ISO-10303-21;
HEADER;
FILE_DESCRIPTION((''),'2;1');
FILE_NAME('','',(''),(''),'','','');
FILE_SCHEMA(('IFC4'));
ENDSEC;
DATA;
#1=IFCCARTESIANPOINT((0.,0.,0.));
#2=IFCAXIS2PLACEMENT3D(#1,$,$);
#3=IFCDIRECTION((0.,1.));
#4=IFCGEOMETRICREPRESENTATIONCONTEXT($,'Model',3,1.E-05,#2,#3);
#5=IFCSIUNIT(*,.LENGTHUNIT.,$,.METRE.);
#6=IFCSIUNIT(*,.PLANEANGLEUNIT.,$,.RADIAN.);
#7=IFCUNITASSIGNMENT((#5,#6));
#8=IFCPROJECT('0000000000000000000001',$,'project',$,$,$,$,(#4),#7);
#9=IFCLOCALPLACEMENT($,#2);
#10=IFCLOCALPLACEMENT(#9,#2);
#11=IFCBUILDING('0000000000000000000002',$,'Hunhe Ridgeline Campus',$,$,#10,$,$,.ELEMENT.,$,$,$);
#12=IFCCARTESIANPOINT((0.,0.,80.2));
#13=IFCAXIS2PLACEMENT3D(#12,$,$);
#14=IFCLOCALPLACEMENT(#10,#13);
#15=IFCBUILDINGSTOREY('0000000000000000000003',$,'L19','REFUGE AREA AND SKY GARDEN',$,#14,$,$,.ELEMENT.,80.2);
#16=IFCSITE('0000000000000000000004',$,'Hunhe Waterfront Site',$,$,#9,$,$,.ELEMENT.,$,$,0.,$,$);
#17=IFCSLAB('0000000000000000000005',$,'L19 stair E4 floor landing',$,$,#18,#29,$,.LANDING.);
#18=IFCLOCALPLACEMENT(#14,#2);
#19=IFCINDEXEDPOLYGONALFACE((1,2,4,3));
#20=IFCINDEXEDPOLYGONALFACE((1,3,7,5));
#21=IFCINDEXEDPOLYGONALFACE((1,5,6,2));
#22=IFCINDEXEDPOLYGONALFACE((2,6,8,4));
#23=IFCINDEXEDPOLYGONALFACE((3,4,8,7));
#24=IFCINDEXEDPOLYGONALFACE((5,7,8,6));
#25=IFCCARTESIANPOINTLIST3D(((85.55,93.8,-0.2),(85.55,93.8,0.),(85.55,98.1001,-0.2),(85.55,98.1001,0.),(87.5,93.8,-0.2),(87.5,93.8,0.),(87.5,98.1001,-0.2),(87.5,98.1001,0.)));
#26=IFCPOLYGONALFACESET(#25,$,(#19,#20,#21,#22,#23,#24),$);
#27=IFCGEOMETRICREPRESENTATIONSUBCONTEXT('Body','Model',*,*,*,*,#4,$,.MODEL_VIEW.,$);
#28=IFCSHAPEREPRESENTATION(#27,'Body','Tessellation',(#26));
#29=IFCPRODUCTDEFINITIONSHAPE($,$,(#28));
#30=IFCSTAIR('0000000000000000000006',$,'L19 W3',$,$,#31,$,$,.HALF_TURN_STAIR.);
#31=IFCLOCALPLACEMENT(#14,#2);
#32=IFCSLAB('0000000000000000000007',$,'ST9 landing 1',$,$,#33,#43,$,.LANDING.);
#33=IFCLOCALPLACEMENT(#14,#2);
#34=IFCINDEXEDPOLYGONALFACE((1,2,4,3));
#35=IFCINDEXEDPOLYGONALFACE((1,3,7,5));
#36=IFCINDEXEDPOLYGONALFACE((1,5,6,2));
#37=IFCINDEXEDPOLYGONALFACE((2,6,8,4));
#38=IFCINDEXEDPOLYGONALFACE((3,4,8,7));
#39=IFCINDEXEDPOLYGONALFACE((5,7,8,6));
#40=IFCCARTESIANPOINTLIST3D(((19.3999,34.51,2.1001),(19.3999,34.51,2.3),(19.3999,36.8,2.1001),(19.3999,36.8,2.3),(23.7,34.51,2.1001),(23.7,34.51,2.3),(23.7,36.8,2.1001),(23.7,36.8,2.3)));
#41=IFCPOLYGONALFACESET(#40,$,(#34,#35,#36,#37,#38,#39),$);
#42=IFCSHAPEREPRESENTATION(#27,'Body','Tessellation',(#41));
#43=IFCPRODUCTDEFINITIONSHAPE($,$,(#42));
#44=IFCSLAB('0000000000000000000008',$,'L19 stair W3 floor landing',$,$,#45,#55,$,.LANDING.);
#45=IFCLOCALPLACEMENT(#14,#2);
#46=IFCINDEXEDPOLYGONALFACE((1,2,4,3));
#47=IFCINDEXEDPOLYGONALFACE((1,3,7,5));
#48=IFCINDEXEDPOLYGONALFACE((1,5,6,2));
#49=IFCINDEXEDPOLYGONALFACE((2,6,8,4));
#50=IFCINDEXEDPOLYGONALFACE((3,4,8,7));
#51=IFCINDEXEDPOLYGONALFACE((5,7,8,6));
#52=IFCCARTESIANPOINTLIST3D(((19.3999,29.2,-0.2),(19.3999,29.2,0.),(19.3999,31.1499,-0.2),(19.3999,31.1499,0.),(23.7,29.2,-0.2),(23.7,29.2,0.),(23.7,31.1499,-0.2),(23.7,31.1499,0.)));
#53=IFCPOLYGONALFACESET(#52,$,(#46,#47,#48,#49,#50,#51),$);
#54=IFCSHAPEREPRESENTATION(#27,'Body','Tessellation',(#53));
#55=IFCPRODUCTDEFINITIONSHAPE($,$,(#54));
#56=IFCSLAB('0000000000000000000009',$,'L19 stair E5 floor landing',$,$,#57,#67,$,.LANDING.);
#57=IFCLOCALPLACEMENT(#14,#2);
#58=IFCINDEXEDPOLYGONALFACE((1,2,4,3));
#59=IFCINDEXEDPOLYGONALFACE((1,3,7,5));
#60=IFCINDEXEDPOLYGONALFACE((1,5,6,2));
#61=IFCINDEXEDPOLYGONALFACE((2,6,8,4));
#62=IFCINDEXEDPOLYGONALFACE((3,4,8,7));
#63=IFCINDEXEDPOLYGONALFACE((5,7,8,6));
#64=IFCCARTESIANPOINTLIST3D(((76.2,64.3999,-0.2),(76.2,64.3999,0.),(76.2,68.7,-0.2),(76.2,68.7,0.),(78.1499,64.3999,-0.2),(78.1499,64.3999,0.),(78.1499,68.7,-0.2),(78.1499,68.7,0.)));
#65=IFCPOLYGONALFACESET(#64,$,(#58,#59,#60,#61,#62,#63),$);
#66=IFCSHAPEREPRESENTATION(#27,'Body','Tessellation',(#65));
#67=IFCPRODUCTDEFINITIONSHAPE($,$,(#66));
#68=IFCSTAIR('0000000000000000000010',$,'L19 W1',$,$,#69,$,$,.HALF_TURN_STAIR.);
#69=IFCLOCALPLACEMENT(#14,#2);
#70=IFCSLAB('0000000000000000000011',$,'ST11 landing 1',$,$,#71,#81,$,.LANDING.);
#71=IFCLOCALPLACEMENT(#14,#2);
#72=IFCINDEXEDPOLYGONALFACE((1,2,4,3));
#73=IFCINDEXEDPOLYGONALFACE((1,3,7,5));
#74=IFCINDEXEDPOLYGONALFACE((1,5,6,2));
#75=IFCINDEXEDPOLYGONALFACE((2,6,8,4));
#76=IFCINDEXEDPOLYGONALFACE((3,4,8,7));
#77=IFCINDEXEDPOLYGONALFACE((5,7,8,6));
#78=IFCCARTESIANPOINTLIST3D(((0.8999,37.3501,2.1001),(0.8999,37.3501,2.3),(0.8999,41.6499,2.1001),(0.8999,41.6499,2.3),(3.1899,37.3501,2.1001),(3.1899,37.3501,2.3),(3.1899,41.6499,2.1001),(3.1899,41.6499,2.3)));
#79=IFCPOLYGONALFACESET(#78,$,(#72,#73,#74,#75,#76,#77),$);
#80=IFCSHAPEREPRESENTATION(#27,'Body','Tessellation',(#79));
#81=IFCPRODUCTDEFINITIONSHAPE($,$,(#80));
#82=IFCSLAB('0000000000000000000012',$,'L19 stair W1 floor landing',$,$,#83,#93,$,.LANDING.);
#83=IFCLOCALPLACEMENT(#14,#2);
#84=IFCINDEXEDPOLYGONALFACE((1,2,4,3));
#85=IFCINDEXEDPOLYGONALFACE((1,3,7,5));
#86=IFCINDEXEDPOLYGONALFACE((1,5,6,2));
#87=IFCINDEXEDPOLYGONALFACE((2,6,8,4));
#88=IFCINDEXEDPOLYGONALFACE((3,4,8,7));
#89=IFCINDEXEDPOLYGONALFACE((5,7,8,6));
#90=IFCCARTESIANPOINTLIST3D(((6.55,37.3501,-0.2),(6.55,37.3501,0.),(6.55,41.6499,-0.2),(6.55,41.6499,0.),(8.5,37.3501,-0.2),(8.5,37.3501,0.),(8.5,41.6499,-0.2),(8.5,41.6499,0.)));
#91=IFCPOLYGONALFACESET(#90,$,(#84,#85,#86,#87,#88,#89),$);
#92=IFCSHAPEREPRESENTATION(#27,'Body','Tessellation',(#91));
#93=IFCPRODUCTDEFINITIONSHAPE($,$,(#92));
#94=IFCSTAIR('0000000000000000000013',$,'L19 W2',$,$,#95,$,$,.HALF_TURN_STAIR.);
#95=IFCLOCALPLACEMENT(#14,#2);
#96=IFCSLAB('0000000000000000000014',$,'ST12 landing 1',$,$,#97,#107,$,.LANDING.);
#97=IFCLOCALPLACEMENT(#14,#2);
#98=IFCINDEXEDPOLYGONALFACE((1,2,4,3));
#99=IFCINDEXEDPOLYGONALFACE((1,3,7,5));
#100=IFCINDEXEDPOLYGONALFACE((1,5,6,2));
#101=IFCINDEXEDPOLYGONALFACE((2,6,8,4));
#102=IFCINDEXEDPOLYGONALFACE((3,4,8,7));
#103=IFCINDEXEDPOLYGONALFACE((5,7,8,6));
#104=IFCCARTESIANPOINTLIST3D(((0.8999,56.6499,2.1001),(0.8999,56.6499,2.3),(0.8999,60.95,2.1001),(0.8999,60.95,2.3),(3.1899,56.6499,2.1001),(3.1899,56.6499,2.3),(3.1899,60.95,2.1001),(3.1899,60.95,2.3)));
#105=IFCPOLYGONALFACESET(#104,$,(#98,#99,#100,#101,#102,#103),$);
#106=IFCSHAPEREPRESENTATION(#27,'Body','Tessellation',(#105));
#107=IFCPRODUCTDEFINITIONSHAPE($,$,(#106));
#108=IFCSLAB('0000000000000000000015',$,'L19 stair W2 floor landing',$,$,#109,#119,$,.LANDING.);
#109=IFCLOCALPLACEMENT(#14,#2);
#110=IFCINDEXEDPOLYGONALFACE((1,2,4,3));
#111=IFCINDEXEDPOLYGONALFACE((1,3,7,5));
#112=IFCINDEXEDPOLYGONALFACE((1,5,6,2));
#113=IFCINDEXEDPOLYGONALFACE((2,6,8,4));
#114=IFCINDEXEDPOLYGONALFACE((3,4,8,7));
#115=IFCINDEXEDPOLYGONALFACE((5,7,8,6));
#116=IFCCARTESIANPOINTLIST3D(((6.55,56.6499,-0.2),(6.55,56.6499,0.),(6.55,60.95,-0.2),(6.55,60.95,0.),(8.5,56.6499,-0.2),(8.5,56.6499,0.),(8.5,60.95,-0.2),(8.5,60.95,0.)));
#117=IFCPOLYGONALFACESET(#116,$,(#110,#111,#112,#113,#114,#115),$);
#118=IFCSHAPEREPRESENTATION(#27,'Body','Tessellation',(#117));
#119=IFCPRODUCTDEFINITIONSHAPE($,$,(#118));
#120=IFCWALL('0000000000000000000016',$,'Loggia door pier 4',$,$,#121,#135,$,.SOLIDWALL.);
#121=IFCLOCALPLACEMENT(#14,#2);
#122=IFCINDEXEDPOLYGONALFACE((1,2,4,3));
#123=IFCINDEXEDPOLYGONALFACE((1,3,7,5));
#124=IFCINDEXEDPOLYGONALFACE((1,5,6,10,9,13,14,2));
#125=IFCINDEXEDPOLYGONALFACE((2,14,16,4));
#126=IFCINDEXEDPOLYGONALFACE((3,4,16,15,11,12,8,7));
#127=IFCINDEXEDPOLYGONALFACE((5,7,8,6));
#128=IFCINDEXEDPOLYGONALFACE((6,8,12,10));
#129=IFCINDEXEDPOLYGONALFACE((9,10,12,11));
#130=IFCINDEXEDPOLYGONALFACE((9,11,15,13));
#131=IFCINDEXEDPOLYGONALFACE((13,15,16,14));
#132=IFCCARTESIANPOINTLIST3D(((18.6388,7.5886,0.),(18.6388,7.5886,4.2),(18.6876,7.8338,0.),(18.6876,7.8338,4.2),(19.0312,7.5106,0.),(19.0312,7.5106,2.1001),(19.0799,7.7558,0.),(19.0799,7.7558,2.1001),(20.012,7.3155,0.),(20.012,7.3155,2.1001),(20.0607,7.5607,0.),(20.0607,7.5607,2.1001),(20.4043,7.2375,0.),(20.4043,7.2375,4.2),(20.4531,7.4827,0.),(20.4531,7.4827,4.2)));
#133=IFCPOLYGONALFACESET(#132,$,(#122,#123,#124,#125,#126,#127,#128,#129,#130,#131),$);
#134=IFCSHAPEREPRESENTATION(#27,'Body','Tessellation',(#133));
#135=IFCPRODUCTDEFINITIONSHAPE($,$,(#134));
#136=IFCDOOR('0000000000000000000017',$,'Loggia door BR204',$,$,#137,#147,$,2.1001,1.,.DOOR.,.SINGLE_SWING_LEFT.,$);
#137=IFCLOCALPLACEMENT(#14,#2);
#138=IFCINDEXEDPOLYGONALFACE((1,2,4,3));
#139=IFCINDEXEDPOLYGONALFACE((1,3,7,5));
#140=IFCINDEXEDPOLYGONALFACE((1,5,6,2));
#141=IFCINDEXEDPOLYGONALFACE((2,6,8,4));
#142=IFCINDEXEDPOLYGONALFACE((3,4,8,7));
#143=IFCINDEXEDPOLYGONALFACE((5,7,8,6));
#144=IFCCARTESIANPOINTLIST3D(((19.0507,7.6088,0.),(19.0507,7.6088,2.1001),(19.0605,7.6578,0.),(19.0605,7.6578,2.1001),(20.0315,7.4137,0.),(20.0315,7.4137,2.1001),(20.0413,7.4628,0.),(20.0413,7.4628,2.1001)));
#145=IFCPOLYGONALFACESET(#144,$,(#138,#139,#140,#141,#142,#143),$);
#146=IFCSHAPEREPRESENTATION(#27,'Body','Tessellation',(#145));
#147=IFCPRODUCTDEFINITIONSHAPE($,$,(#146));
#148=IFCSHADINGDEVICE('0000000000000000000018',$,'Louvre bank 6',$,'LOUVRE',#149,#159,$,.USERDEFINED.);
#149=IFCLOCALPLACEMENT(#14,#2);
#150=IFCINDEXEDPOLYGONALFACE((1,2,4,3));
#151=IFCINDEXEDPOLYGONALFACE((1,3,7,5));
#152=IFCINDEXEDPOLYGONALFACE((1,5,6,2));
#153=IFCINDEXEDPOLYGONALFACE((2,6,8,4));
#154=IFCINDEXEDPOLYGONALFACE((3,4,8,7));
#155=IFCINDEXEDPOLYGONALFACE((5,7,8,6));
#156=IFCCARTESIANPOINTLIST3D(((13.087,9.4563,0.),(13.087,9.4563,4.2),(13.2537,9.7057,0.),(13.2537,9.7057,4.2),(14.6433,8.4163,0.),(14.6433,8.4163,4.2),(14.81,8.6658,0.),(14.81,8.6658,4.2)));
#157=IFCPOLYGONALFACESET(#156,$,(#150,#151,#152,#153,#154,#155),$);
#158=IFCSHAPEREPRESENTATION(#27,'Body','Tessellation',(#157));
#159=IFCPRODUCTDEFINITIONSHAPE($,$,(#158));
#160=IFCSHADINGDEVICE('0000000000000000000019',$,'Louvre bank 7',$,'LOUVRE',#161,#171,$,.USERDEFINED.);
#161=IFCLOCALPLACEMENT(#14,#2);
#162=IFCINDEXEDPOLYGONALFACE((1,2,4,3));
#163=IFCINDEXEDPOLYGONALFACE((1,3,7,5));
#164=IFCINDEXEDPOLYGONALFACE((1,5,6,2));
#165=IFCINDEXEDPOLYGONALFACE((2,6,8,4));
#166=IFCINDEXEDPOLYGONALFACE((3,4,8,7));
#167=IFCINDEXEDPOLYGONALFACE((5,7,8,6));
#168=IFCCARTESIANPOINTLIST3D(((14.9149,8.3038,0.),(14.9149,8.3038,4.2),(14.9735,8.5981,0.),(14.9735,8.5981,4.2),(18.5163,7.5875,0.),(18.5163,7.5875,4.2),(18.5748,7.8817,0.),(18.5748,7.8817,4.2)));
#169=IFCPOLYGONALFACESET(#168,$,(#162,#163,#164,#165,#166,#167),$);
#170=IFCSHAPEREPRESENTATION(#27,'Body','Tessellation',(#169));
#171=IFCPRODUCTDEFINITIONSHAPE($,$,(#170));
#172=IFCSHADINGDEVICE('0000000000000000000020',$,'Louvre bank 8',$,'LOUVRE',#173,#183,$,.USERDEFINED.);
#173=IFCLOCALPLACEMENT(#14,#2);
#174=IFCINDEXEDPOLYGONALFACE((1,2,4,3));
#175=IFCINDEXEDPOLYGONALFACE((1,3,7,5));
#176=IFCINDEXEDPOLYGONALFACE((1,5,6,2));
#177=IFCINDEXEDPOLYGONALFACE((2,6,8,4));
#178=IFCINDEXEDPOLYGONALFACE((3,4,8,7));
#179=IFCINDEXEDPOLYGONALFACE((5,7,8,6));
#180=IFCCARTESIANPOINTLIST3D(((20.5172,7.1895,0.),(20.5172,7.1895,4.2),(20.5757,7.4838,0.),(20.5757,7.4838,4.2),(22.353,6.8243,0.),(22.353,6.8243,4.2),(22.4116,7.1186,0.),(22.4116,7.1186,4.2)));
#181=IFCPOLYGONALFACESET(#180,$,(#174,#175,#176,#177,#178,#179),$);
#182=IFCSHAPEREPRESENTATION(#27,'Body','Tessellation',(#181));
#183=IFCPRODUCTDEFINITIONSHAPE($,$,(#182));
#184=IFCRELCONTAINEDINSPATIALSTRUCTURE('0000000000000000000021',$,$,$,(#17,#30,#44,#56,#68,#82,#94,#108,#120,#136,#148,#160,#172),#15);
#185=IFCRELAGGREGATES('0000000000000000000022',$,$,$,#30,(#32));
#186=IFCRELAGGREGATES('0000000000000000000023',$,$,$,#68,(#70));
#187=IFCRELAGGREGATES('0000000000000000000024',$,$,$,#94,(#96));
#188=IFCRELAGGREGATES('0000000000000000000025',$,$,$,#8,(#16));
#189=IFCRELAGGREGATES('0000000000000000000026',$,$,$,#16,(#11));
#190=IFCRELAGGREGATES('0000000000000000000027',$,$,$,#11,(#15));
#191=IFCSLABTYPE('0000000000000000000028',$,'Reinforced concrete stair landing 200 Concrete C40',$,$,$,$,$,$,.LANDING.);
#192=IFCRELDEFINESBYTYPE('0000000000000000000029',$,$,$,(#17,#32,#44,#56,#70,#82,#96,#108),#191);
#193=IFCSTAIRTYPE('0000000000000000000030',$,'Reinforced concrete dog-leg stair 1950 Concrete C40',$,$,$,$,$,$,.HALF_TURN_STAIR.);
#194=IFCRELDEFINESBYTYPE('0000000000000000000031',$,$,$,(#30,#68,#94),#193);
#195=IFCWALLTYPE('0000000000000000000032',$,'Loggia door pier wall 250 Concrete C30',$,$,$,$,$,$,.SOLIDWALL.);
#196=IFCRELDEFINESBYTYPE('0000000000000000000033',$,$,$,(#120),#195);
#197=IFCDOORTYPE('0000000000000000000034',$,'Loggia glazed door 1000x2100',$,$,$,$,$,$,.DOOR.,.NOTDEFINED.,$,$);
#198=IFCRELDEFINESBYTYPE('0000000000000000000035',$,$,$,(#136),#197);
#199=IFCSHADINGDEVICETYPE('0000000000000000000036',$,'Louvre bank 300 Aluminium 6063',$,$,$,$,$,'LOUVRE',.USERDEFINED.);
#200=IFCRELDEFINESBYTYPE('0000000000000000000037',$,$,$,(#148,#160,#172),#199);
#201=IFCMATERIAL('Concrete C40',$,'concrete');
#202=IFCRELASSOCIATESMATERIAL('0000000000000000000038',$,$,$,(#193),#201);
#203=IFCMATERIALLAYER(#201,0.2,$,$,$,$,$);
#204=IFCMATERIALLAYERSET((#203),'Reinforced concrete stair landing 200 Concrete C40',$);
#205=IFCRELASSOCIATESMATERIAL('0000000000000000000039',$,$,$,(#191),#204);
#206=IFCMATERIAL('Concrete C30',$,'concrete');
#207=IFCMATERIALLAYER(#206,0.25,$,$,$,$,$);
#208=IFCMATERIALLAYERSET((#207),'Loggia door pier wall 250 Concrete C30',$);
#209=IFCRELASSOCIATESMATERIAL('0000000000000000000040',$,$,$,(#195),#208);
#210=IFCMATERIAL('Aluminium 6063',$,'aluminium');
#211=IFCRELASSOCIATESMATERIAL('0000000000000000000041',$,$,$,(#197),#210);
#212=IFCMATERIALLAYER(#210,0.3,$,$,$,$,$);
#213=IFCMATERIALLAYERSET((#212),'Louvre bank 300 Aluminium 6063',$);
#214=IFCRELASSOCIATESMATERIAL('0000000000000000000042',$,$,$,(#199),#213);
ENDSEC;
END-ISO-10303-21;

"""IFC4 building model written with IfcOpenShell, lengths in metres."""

from ifc_helpers import new_model, si_unit, direction, frame, frame_2d, origin, origin_2d, place, context, subcontext, project, spatial, polyline, rectangle, outline, extrude, material, layer, layer_set, type_object, element, fill, aggregate, save


model = new_model("IFC4")

# Units and contexts
model_context = context("Model", 3, precision=1e-05, world=origin(), true_north=direction((0.0, 1.0)))
body_context = subcontext(model_context, "Body", "Model", "MODEL_VIEW")
ifc_project = project(units=[si_unit("LENGTHUNIT", "METRE"), si_unit("PLANEANGLEUNIT", "RADIAN")], contexts=[model_context])

# Site, building, storey
site_placement = place(None, origin())
site = spatial("IfcSite", under=ifc_project, at=site_placement, Name="Hunhe Waterfront Site", CompositionType="ELEMENT", RefElevation=0.0)
building_placement = place(site_placement, origin())
building = spatial("IfcBuilding", under=site, at=building_placement, Name="Hunhe Ridgeline Campus", CompositionType="ELEMENT")
storey_placement = place(building_placement, frame((0.0, 0.0, 80.2)))
storey = spatial("IfcBuildingStorey", under=building, at=storey_placement, Name="L19", Description="REFUGE AREA AND SKY GARDEN", CompositionType="ELEMENT", Elevation=80.2)

# Shared definitions
ifc_material_1 = material(Name="Aluminium 6063", Category="aluminium")

# Shared definitions
ifc_material_2 = material(Name="Concrete C40", Category="concrete")

# Shared definitions
stair_type = type_object("IfcStairType", Name="Reinforced concrete dog-leg stair 1950 Concrete C40", PredefinedType="HALF_TURN_STAIR", material=ifc_material_2)
ifc_layer_1 = layer(ifc_material_2, 0.2)
ifc_layer_set_1 = layer_set([ifc_layer_1], Name="Reinforced concrete stair landing 200 Concrete C40")
slab_type_1 = type_object("IfcSlabType", Name="Reinforced concrete stair landing 200 Concrete C40", PredefinedType="LANDING", material=ifc_layer_set_1)

# Slab
slab_1_placement = place(storey_placement, frame((0.0, 0.0, -0.2)))
element("IfcSlab", 1, at=slab_1_placement, inside=storey, type_object=slab_type_1, Name="L19 stair E4 floor landing", PredefinedType="LANDING", context=body_context, shape_type="SweptSolid", body=[
    extrude(outline(polyline([(85.55, 93.8), (87.5, 93.8), (87.5, 98.1001), (85.55, 98.1001), (85.55, 93.8)])), origin(), (0.0, 0.0, 1.0), 0.2),
])

# Stair, slab
stair_1_placement = place(storey_placement, origin())
stair_1 = element("IfcStair", 2, at=stair_1_placement, inside=storey, type_object=stair_type, Name="L19 W3", PredefinedType="HALF_TURN_STAIR")
slab_2_placement = place(storey_placement, frame((0.0, 0.0, 2.1001)))
slab_2 = element("IfcSlab", 3, at=slab_2_placement, type_object=slab_type_1, Name="ST9 landing 1", PredefinedType="LANDING", context=body_context, shape_type="SweptSolid", body=[
    extrude(outline(polyline([(23.7, 34.51), (23.7, 36.8), (19.3999, 36.8), (19.3999, 34.51), (23.7, 34.51)])), origin(), (0.0, 0.0, 1.0), 0.2),
])
aggregate(stair_1, [slab_2])

# Slabs
slab_3_placement = place(storey_placement, frame((0.0, 0.0, -0.2)))
element("IfcSlab", 4, at=slab_3_placement, inside=storey, type_object=slab_type_1, Name="L19 stair W3 floor landing", PredefinedType="LANDING", context=body_context, shape_type="SweptSolid", body=[
    extrude(outline(polyline([(23.7, 29.2), (23.7, 31.1499), (19.3999, 31.1499), (19.3999, 29.2), (23.7, 29.2)])), origin(), (0.0, 0.0, 1.0), 0.2),
])
slab_4_placement = place(storey_placement, frame((0.0, 0.0, -0.2)))
element("IfcSlab", 5, at=slab_4_placement, inside=storey, type_object=slab_type_1, Name="L19 stair E5 floor landing", PredefinedType="LANDING", context=body_context, shape_type="SweptSolid", body=[
    extrude(outline(polyline([(76.2, 64.3999), (78.1499, 64.3999), (78.1499, 68.7), (76.2, 68.7), (76.2, 64.3999)])), origin(), (0.0, 0.0, 1.0), 0.2),
])

# Stair, slab
stair_2_placement = place(storey_placement, origin())
stair_2 = element("IfcStair", 6, at=stair_2_placement, inside=storey, type_object=stair_type, Name="L19 W1", PredefinedType="HALF_TURN_STAIR")
slab_5_placement = place(storey_placement, frame((0.0, 0.0, 2.1001)))
slab_5 = element("IfcSlab", 7, at=slab_5_placement, type_object=slab_type_1, Name="ST11 landing 1", PredefinedType="LANDING", context=body_context, shape_type="SweptSolid", body=[
    extrude(outline(polyline([(3.1899, 41.6499), (0.8999, 41.6499), (0.8999, 37.3501), (3.1899, 37.3501), (3.1899, 41.6499)])), origin(), (0.0, 0.0, 1.0), 0.2),
])
aggregate(stair_2, [slab_5])

# Slab
slab_6_placement = place(storey_placement, frame((0.0, 0.0, -0.2)))
element("IfcSlab", 8, at=slab_6_placement, inside=storey, type_object=slab_type_1, Name="L19 stair W1 floor landing", PredefinedType="LANDING", context=body_context, shape_type="SweptSolid", body=[
    extrude(outline(polyline([(8.5, 41.6499), (6.55, 41.6499), (6.55, 37.3501), (8.5, 37.3501), (8.5, 41.6499)])), origin(), (0.0, 0.0, 1.0), 0.2),
])

# Stair, slab
stair_3_placement = place(storey_placement, origin())
stair_3 = element("IfcStair", 9, at=stair_3_placement, inside=storey, type_object=stair_type, Name="L19 W2", PredefinedType="HALF_TURN_STAIR")
slab_7_placement = place(storey_placement, frame((0.0, 0.0, 2.1001)))
slab_7 = element("IfcSlab", 10, at=slab_7_placement, type_object=slab_type_1, Name="ST12 landing 1", PredefinedType="LANDING", context=body_context, shape_type="SweptSolid", body=[
    extrude(outline(polyline([(3.1899, 60.95), (0.8999, 60.95), (0.8999, 56.6499), (3.1899, 56.6499), (3.1899, 60.95)])), origin(), (0.0, 0.0, 1.0), 0.2),
])
aggregate(stair_3, [slab_7])

# Slab
slab_8_placement = place(storey_placement, frame((0.0, 0.0, -0.2)))
element("IfcSlab", 11, at=slab_8_placement, inside=storey, type_object=slab_type_1, Name="L19 stair W2 floor landing", PredefinedType="LANDING", context=body_context, shape_type="SweptSolid", body=[
    extrude(outline(polyline([(8.5, 60.95), (6.55, 60.95), (6.55, 56.6499), (8.5, 56.6499), (8.5, 60.95)])), origin(), (0.0, 0.0, 1.0), 0.2),
])

# Wall, opening, door
ifc_material_3 = material(Name="Concrete C30", Category="concrete")
ifc_layer_2 = layer(ifc_material_3, 0.25)
ifc_layer_set_2 = layer_set([ifc_layer_2], Name="Loggia door pier wall 250 Concrete C30")
wall_type = type_object("IfcWallType", Name="Loggia door pier wall 250 Concrete C30", PredefinedType="SOLIDWALL", material=ifc_layer_set_2)
wall_placement = place(storey_placement, frame((18.6633, 7.7112, 0.0), z_axis=(0.0, 0.0, 1.0), x_axis=(0.980794, -0.195047, 0.0)))
wall = element("IfcWall", 12, at=wall_placement, inside=storey, type_object=wall_type, Name="Loggia door pier 4", PredefinedType="SOLIDWALL", context=body_context, shape_type="SweptSolid", body=[
    extrude(rectangle(XDim=1.8, YDim=0.25, at=frame_2d((0.8999, 0.0))), origin(), (0.0, 0.0, 1.0), 4.2),
])
opening_placement = place(wall_placement, frame((0.3999, 0.0, 0.0)))
opening = element("IfcOpeningElement", 13, at=opening_placement, cuts=wall, PredefinedType="OPENING", context=body_context, shape_type="SweptSolid", body=[
    extrude(rectangle(XDim=1.0, YDim=2.1001, at=frame_2d((0.5, 1.05))), frame((0.0, 0.125, 0.0), z_axis=(0.0, -1.0, 0.0), x_axis=(1.0, 0.0, 0.0)), (0.0, 0.0, 1.0), 0.25),
])
door_type = type_object("IfcDoorType", Name="Loggia glazed door 1000x2100", OperationType="NOTDEFINED", PredefinedType="DOOR", material=ifc_material_1)
door_placement = place(opening_placement, frame((1.0, 0.0, 0.0), z_axis=(0.0, 0.0, 1.0), x_axis=(-1.0, 0.0, 0.0)))
door = element("IfcDoor", 14, at=door_placement, inside=storey, type_object=door_type, Name="Loggia door BR204", OperationType="SINGLE_SWING_LEFT", OverallHeight=2.1001, OverallWidth=1.0, PredefinedType="DOOR", context=body_context, shape_type="SweptSolid", body=[
    extrude(rectangle(XDim=1.0, YDim=2.1001, at=frame_2d((0.5, 1.05))), frame((0.0, 0.0249, 0.0), z_axis=(0.0, -1.0, 0.0), x_axis=(1.0, 0.0, 0.0)), (0.0, 0.0, 1.0), 0.05),
])
fill(opening, door)

# Shading devices
ifc_layer_3 = layer(ifc_material_1, 0.3)
ifc_layer_set_3 = layer_set([ifc_layer_3], Name="Louvre bank 300 Aluminium 6063")
shading_device_type = type_object("IfcShadingDeviceType", Name="Louvre bank 300 Aluminium 6063", ElementType="LOUVRE", PredefinedType="USERDEFINED", material=ifc_layer_set_3)
shading_device_1_placement = place(storey_placement, frame((13.9485, 9.061, 0.0), z_axis=(0.0, 0.0, 1.0), x_axis=(0.83147, -0.55557, 0.0)))
element("IfcShadingDevice", 15, at=shading_device_1_placement, inside=storey, type_object=shading_device_type, Name="Louvre bank 6", ObjectType="LOUVRE", PredefinedType="USERDEFINED", context=body_context, shape_type="SweptSolid", body=[
    extrude(rectangle(XDim=1.8718, YDim=0.3, at=origin_2d()), origin(), (0.0, 0.0, 1.0), 4.2),
])
shading_device_2_placement = place(storey_placement, frame((16.7449, 8.0928, 0.0), z_axis=(0.0, 0.0, 1.0), x_axis=(0.980785, -0.19509, 0.0)))
element("IfcShadingDevice", 16, at=shading_device_2_placement, inside=storey, type_object=shading_device_type, Name="Louvre bank 7", ObjectType="LOUVRE", PredefinedType="USERDEFINED", context=body_context, shape_type="SweptSolid", body=[
    extrude(rectangle(XDim=3.6719, YDim=0.3, at=origin_2d()), origin(), (0.0, 0.0, 1.0), 4.2),
])
shading_device_3_placement = place(storey_placement, frame((21.4644, 7.1541, 0.0), z_axis=(0.0, 0.0, 1.0), x_axis=(0.980785, -0.19509, 0.0)))
element("IfcShadingDevice", 17, at=shading_device_3_placement, inside=storey, type_object=shading_device_type, Name="Louvre bank 8", ObjectType="LOUVRE", PredefinedType="USERDEFINED", context=body_context, shape_type="SweptSolid", body=[
    extrude(rectangle(XDim=1.8718, YDim=0.3, at=origin_2d()), origin(), (0.0, 0.0, 1.0), 4.2),
])

save(model, "model.ifc")
